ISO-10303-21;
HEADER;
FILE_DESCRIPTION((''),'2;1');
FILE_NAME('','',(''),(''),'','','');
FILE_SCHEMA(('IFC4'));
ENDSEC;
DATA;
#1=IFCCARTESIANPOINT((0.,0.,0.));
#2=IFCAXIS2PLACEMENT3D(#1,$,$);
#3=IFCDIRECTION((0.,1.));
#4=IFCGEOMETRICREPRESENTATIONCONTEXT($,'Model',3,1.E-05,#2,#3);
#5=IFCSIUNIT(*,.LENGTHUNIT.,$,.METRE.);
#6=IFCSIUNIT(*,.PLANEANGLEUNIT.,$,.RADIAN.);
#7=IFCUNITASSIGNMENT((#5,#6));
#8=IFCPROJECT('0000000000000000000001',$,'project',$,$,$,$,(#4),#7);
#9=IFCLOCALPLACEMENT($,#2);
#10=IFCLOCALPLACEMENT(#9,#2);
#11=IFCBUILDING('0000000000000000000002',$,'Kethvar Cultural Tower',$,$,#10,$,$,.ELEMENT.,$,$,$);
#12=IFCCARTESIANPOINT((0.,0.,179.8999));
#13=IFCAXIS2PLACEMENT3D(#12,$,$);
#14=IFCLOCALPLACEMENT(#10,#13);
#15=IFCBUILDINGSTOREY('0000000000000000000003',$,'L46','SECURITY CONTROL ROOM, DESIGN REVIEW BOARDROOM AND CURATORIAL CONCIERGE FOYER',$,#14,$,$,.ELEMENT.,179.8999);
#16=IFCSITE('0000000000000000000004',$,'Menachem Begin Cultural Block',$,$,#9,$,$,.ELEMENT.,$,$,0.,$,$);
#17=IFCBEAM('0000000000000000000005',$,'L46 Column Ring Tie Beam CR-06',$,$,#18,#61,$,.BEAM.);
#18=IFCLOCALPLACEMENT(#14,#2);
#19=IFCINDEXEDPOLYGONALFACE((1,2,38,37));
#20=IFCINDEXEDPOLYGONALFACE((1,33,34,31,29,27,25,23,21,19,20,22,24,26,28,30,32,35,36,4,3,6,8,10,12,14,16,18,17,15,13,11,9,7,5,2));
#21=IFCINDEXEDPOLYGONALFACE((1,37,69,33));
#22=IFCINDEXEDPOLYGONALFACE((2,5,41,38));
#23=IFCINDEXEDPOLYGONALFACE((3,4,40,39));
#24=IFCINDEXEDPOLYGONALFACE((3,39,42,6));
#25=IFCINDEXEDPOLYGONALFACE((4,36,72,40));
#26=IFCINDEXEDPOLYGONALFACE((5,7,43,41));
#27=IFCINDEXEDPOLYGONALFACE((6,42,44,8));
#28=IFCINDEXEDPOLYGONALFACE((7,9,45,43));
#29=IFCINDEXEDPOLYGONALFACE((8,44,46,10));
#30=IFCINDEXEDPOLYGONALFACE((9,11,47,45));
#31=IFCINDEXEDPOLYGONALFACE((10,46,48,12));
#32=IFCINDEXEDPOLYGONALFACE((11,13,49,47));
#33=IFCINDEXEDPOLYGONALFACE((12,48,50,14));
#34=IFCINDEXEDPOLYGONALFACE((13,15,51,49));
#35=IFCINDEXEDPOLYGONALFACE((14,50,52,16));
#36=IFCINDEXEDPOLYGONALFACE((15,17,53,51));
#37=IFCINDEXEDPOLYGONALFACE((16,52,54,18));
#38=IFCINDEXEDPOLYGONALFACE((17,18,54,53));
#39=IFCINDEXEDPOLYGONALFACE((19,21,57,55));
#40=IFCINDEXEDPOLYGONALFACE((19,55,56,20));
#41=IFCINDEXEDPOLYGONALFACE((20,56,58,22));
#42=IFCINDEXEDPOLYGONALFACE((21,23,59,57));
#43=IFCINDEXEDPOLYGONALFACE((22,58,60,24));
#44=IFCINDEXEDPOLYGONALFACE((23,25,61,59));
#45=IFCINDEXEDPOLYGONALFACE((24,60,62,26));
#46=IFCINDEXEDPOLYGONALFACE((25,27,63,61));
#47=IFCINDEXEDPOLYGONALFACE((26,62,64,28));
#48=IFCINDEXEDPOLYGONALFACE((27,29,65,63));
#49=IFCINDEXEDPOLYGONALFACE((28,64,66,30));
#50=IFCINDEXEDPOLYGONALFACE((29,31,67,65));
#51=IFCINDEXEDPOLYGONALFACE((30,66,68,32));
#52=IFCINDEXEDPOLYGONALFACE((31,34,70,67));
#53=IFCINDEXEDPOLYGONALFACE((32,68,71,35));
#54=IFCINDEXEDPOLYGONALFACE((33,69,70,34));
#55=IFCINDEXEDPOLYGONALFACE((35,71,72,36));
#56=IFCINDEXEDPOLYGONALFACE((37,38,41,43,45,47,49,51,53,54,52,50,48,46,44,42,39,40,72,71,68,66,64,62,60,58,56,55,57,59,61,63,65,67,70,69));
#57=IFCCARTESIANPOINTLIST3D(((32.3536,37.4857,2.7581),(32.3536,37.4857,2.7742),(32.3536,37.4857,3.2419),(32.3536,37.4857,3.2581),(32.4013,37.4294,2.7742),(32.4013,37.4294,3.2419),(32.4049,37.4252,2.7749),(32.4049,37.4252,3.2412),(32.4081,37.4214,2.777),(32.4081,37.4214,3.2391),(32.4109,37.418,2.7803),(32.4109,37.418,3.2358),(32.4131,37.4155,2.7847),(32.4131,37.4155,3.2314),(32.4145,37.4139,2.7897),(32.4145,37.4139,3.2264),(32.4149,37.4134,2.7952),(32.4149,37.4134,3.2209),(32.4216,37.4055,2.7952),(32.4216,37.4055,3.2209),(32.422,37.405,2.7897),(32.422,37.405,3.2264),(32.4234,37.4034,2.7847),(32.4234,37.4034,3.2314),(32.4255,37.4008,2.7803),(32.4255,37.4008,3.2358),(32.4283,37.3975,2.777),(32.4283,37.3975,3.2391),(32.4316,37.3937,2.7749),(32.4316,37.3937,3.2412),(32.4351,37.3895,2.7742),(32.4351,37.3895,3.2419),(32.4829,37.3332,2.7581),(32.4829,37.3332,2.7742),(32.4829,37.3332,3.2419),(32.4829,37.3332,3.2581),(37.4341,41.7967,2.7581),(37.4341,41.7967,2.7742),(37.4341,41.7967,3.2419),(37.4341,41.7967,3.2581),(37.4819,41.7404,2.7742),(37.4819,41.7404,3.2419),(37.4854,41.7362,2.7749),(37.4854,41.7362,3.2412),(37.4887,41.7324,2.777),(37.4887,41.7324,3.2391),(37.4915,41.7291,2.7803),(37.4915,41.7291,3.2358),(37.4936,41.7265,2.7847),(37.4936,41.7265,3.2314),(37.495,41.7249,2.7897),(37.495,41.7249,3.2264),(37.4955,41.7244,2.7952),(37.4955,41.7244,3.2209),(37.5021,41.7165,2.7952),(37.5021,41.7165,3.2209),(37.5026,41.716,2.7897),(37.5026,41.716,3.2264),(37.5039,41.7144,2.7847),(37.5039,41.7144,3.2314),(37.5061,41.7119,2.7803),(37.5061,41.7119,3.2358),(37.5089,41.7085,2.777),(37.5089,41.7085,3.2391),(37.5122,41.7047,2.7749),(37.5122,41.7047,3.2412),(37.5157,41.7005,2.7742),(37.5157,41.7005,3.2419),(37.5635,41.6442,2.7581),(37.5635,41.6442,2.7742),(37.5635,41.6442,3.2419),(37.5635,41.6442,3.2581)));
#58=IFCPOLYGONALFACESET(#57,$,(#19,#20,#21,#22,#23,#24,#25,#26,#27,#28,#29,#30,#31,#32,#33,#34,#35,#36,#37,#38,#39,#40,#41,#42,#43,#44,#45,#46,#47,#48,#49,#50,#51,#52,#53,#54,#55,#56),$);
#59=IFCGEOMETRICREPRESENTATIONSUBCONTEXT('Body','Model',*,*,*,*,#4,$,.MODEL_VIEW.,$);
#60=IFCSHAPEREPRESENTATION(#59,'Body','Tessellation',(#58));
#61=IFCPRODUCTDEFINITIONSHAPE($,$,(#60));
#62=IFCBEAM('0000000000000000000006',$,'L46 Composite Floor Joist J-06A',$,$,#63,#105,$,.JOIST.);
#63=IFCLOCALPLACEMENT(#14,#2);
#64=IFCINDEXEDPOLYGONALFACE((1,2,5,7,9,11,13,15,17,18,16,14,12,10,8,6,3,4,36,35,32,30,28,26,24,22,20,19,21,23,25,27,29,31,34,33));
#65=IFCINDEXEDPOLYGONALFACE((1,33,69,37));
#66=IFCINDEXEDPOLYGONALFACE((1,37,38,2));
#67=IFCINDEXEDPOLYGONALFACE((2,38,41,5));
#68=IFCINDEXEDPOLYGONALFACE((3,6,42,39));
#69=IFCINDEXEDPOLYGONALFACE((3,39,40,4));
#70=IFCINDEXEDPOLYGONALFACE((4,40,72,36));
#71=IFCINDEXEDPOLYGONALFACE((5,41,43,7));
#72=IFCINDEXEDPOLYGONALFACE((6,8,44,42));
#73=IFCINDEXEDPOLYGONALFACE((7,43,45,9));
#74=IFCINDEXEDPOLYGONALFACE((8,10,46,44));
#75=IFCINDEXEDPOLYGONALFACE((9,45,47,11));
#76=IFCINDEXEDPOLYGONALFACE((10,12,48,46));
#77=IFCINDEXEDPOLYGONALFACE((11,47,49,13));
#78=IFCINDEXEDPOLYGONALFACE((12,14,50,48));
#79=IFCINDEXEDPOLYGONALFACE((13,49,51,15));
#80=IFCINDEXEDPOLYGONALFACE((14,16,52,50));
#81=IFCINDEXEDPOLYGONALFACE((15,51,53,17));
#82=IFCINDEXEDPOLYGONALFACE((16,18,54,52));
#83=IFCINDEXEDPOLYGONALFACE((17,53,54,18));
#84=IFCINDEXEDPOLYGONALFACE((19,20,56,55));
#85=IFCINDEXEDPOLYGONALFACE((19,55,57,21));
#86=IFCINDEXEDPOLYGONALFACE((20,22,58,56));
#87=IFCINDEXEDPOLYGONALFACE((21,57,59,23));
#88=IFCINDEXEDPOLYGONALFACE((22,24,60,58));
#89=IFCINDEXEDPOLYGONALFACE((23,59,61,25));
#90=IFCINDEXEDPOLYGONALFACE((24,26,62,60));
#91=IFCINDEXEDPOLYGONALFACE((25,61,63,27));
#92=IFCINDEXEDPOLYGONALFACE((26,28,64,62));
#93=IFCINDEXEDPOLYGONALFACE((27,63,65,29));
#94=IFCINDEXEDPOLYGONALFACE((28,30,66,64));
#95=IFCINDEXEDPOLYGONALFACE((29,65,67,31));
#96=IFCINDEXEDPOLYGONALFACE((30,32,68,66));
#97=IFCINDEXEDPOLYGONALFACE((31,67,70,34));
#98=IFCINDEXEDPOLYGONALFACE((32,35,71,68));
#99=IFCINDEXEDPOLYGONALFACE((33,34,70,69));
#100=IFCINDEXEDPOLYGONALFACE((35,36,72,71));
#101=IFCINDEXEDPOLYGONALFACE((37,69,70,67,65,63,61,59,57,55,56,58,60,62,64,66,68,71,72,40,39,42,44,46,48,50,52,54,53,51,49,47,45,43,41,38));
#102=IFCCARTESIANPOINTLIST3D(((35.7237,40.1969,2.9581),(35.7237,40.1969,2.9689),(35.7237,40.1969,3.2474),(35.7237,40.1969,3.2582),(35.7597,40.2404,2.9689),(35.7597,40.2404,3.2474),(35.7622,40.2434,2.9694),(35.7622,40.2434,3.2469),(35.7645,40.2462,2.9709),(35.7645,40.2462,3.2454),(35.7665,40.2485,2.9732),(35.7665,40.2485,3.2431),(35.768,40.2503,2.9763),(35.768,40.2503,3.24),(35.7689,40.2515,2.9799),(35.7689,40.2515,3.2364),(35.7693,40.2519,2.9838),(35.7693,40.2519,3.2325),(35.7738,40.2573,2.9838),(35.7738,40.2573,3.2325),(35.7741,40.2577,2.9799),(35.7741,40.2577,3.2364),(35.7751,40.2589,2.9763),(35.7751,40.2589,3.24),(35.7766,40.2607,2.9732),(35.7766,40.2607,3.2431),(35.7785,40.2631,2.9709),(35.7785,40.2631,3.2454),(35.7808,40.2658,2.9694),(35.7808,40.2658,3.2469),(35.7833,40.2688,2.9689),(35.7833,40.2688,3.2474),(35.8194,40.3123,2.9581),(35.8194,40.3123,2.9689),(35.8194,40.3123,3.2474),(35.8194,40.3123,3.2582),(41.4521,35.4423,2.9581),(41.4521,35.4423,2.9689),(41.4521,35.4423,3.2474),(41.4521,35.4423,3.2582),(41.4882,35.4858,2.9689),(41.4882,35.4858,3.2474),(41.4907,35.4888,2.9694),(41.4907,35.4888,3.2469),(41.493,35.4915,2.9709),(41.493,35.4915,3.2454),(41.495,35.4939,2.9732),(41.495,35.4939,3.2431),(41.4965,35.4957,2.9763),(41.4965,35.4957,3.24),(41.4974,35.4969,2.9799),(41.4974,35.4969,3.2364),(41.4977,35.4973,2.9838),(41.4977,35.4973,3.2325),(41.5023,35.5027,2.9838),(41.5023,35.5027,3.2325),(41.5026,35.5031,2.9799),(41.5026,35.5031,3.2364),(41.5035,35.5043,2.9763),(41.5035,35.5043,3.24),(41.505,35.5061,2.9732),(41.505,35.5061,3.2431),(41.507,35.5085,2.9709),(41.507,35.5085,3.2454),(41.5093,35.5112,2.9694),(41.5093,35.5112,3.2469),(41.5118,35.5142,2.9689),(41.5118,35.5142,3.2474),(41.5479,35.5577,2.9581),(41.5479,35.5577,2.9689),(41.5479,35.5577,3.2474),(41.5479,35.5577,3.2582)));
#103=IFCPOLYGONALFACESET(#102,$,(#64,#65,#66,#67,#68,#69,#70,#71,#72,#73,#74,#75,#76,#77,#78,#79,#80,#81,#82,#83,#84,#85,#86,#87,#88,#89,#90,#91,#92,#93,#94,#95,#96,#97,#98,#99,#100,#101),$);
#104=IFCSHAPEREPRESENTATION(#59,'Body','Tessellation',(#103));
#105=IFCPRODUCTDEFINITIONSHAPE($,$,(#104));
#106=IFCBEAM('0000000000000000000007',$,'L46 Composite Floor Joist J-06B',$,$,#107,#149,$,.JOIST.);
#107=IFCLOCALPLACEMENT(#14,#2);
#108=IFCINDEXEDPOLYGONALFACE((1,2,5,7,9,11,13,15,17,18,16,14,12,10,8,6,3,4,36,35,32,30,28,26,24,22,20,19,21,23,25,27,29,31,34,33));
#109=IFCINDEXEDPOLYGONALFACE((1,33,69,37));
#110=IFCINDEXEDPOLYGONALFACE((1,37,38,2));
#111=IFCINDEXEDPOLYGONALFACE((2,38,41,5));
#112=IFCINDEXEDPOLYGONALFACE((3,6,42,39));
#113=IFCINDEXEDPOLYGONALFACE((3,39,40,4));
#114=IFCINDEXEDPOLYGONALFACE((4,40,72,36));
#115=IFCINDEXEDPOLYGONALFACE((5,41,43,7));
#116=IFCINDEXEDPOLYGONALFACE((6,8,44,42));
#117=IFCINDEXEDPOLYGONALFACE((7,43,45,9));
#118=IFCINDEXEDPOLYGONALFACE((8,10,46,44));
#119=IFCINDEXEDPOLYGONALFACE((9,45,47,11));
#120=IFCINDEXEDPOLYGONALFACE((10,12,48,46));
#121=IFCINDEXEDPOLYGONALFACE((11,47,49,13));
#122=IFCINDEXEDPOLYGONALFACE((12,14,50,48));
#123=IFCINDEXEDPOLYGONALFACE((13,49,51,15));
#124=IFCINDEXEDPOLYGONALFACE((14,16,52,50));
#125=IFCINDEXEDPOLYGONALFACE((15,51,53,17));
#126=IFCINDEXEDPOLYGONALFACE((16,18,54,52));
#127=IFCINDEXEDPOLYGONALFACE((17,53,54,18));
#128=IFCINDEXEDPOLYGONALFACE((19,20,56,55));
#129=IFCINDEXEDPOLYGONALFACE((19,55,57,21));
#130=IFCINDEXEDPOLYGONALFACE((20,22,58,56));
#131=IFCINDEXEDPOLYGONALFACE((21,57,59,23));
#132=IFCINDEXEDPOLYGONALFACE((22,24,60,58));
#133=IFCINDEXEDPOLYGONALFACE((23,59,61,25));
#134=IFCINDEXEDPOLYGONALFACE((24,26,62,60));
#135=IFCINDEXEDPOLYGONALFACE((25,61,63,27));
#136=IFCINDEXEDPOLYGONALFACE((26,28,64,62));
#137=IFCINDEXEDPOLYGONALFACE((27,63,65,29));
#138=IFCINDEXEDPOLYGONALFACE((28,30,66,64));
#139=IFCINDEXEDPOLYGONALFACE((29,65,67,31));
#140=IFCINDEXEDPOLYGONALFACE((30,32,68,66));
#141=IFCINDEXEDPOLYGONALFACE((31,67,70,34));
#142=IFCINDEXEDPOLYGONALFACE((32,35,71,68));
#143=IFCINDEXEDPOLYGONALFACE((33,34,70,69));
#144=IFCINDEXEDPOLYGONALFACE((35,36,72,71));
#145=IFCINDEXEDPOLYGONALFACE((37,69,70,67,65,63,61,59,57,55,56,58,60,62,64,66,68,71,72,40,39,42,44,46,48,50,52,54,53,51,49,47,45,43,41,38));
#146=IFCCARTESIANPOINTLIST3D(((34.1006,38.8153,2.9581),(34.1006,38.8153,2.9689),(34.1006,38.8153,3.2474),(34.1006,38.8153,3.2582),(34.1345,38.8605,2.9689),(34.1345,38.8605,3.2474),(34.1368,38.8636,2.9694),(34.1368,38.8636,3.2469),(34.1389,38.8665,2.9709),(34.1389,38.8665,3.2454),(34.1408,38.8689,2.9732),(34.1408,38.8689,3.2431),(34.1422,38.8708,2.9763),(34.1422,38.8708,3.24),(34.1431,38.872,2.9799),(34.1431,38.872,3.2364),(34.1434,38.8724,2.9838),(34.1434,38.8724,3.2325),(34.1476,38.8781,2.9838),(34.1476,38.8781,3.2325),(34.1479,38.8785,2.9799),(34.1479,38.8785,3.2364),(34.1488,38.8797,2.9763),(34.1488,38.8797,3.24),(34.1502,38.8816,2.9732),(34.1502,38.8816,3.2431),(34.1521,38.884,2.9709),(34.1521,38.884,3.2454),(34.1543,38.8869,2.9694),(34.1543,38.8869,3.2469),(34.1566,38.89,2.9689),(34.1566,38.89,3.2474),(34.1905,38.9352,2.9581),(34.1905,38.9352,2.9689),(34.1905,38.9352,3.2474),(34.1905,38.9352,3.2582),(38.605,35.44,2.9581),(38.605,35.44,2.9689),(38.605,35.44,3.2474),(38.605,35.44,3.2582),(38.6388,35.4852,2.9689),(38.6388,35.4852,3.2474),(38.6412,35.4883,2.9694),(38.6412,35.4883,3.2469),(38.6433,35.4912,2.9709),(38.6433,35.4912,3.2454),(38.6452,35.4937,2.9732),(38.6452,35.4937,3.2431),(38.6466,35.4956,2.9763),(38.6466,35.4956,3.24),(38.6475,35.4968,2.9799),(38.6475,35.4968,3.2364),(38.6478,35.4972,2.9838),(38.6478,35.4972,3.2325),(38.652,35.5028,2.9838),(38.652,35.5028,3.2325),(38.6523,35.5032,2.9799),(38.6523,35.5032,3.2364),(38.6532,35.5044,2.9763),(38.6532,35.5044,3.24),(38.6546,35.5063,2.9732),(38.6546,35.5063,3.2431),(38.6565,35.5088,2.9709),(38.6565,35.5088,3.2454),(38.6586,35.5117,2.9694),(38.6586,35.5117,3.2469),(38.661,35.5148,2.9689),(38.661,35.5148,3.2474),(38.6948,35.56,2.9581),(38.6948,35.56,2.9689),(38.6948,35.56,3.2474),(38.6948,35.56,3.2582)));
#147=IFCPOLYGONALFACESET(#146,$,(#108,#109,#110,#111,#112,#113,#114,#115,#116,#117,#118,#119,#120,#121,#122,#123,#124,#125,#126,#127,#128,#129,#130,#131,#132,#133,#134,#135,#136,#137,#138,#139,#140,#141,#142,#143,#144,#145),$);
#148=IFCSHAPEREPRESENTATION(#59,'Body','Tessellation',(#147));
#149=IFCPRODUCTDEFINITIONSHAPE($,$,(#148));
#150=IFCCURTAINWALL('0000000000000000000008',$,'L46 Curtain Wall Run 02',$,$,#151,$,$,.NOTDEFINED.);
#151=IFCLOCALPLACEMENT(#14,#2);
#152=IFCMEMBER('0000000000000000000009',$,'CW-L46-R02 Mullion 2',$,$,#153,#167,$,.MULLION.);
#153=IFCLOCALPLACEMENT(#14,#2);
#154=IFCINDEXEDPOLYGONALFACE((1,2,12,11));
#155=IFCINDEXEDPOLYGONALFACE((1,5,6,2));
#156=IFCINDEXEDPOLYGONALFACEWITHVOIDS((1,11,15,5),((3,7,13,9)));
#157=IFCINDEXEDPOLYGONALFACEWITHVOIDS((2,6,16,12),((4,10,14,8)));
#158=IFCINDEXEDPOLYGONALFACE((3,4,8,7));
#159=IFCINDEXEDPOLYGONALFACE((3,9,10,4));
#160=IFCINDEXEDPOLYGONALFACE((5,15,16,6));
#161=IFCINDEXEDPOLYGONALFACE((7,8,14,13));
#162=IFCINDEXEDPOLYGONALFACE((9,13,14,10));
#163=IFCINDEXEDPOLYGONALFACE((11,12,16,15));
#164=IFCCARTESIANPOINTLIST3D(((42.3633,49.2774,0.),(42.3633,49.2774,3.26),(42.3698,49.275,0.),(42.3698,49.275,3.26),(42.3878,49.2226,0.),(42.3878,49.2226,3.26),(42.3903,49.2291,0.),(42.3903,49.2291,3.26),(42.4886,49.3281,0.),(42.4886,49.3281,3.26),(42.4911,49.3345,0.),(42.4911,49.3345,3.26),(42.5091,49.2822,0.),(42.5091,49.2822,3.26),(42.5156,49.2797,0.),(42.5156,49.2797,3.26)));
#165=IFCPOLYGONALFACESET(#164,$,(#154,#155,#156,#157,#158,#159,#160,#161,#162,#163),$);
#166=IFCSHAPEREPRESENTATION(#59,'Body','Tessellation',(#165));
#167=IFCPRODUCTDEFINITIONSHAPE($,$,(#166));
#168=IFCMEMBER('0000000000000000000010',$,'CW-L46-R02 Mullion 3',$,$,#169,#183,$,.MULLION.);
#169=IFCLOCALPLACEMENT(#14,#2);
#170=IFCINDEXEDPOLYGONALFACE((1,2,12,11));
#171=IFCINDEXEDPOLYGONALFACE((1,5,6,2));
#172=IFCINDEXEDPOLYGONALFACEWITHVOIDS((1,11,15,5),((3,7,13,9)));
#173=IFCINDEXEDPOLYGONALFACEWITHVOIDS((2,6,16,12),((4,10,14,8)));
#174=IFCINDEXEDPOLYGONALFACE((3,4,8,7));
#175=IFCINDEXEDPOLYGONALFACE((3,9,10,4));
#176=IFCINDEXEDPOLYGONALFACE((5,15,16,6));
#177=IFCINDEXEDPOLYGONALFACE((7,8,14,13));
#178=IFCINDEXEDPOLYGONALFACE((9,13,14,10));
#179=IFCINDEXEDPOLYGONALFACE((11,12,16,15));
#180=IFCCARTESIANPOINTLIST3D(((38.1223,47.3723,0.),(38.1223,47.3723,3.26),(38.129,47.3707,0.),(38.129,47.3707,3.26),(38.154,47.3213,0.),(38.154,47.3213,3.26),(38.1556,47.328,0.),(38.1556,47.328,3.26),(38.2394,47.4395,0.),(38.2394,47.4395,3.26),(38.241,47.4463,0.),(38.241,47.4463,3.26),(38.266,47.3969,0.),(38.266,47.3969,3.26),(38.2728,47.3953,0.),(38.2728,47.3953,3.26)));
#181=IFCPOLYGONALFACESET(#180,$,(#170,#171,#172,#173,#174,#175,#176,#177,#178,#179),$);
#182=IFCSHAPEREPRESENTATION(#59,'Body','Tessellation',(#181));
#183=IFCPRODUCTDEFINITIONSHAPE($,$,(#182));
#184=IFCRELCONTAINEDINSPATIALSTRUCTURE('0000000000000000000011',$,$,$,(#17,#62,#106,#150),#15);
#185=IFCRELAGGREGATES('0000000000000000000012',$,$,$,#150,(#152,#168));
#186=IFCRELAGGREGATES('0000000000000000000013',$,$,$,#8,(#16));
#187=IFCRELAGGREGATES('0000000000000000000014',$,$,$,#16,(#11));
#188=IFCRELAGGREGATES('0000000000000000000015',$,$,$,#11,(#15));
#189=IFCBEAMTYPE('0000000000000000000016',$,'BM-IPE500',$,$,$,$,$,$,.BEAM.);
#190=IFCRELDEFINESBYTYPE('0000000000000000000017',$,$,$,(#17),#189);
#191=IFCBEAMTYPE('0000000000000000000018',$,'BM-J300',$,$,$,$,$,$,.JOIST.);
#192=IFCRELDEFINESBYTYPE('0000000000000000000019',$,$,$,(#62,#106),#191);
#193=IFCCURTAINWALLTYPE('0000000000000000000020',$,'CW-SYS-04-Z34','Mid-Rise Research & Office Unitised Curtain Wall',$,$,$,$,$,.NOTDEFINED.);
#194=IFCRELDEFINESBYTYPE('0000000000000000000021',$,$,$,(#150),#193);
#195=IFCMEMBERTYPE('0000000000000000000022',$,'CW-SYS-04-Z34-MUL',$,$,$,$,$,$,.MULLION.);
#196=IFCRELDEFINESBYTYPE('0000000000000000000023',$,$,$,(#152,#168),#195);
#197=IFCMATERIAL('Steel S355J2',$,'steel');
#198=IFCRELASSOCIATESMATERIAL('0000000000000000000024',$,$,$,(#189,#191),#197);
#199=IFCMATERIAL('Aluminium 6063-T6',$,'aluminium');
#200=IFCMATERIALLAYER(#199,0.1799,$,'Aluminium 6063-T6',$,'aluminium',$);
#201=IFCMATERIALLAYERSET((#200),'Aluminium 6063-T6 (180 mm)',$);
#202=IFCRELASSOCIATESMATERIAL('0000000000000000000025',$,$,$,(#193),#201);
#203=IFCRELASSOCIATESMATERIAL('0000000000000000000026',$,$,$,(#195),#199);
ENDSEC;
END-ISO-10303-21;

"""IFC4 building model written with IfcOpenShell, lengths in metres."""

from ifc_helpers import new_model, si_unit, direction, frame, origin, origin_2d, place, context, subcontext, project, spatial, hollow_rectangle, i_section, extrude, source, transform, mapped, material, layer, layer_set, material_profile, profile_set, type_object, element, aggregate, save


model = new_model("IFC4")

# Units and contexts
model_context = context("Model", 3, precision=1e-05, world=origin(), true_north=direction((0.0, 1.0)))
body_context = subcontext(model_context, "Body", "Model", "MODEL_VIEW")
ifc_project = project(units=[si_unit("LENGTHUNIT", "METRE"), si_unit("PLANEANGLEUNIT", "RADIAN")], contexts=[model_context])

# Site, building, storey
site_placement = place(None, origin())
site = spatial("IfcSite", under=ifc_project, at=site_placement, Name="Menachem Begin Cultural Block", CompositionType="ELEMENT", RefElevation=0.0)
building_placement = place(site_placement, origin())
building = spatial("IfcBuilding", under=site, at=building_placement, Name="Kethvar Cultural Tower", CompositionType="ELEMENT")
storey_placement = place(building_placement, frame((0.0, 0.0, 179.8999)))
storey = spatial("IfcBuildingStorey", under=building, at=storey_placement, Name="L46", Description="SECURITY CONTROL ROOM, DESIGN REVIEW BOARDROOM AND CURATORIAL CONCIERGE FOYER", CompositionType="ELEMENT", Elevation=179.8999)

# Beams
ifc_material_1 = material(Name="Steel S355J2", Category="steel")
ifc_material_profile_1 = material_profile(ifc_material_1, i_section(OverallWidth=0.2, OverallDepth=0.5, WebThickness=0.0103, FlangeThickness=0.0161, FilletRadius=0.021, at=origin_2d()), Name="Steel S355J2 — IPE500")
ifc_profile_set_1 = profile_set([ifc_material_profile_1], Name="Steel S355J2 — IPE500")
beam_type_1 = type_object("IfcBeamType", Name="BM-IPE500", PredefinedType="BEAM", material=ifc_profile_set_1)
ifc_material_profile_2 = material_profile(ifc_material_1, i_section(OverallWidth=0.1499, OverallDepth=0.3, WebThickness=0.0071, FlangeThickness=0.0107, FilletRadius=0.0149, at=origin_2d()), Name="Steel S355J2 — IPE300")
ifc_profile_set_2 = profile_set([ifc_material_profile_2], Name="Steel S355J2 — IPE300")
beam_type_2 = type_object("IfcBeamType", Name="BM-J300", PredefinedType="JOIST", material=ifc_profile_set_2)
shared_shape_1 = source(origin(), body_context, "Body", "SweptSolid", [
    extrude(i_section(OverallWidth=0.2, OverallDepth=0.5, WebThickness=0.0103, FlangeThickness=0.0161, FilletRadius=0.021, at=origin_2d()), origin(), (0.0, 0.0, 1.0), 6.6631),
])
beam_1_placement = place(storey_placement, frame((37.4988, 41.7205, 3.0081), z_axis=(-0.762491, -0.646999, 0.0), x_axis=(0.646999, -0.762491, 0.0)))
element("IfcBeam", 1, at=beam_1_placement, inside=storey, type_object=beam_type_1, Name="L46 Column Ring Tie Beam CR-06", PredefinedType="BEAM", context=body_context, shape_type="MappedRepresentation", body=[
    mapped(shared_shape_1, transform((0.0, 0.0, 0.0), scale=1.0)),
])
shared_shape_2 = source(origin(), body_context, "Body", "SweptSolid", [
    extrude(i_section(OverallWidth=0.1499, OverallDepth=0.3, WebThickness=0.0071, FlangeThickness=0.0107, FilletRadius=0.0149, at=origin_2d()), origin(), (0.0, 0.0, 1.0), 7.4446),
])
beam_2_placement = place(storey_placement, frame((41.5, 35.5, 3.1082), z_axis=(-0.769483, 0.638667, 0.0), x_axis=(-0.638667, -0.769483, 0.0)))
element("IfcBeam", 2, at=beam_2_placement, inside=storey, type_object=beam_type_2, Name="L46 Composite Floor Joist J-06A", PredefinedType="JOIST", context=body_context, shape_type="MappedRepresentation", body=[
    mapped(shared_shape_2, transform((0.0, 0.0, 0.0), scale=1.0)),
])
shared_shape_3 = source(origin(), body_context, "Body", "SweptSolid", [
    extrude(i_section(OverallWidth=0.1499, OverallDepth=0.3, WebThickness=0.0071, FlangeThickness=0.0107, FilletRadius=0.0149, at=origin_2d()), origin(), (0.0, 0.0, 1.0), 5.6287),
])
beam_3_placement = place(storey_placement, frame((38.6499, 35.5, 3.1082), z_axis=(-0.80026, 0.599653, 0.0), x_axis=(-0.599653, -0.80026, 0.0)))
element("IfcBeam", 3, at=beam_3_placement, inside=storey, type_object=beam_type_2, Name="L46 Composite Floor Joist J-06B", PredefinedType="JOIST", context=body_context, shape_type="MappedRepresentation", body=[
    mapped(shared_shape_3, transform((0.0, 0.0, 0.0), scale=1.0)),
])

# Curtain wall, members
ifc_material_2 = material(Name="Aluminium 6063-T6", Category="aluminium")
ifc_layer_1 = layer(ifc_material_2, 0.1799, Name="Aluminium 6063-T6", Category="aluminium")
ifc_layer_set_1 = layer_set([ifc_layer_1], Name="Aluminium 6063-T6 (180 mm)")
curtain_wall_type = type_object("IfcCurtainWallType", Name="CW-SYS-04-Z34", Description="Mid-Rise Research & Office Unitised Curtain Wall", PredefinedType="NOTDEFINED", material=ifc_layer_set_1)
curtain_wall_placement = place(storey_placement, origin())
curtain_wall = element("IfcCurtainWall", 4, at=curtain_wall_placement, inside=storey, type_object=curtain_wall_type, Name="L46 Curtain Wall Run 02", PredefinedType="NOTDEFINED")
ifc_material_profile_3 = material_profile(ifc_material_2, hollow_rectangle(XDim=0.0601, YDim=0.1399, WallThickness=0.0049, at=origin_2d()), Name="Aluminium 6063-T6 — RHS140x60x5")
ifc_profile_set_3 = profile_set([ifc_material_profile_3], Name="Aluminium 6063-T6 — RHS140x60x5")
member_type_1 = type_object("IfcMemberType", Name="CW-SYS-04-Z34-MUL", PredefinedType="MULLION", material=ifc_profile_set_3)
shared_shape_4 = source(origin(), body_context, "Body", "SweptSolid", [
    extrude(hollow_rectangle(XDim=0.0601, YDim=0.1399, WallThickness=0.0049, at=origin_2d()), origin(), (0.0, 0.0, 1.0), 3.26),
])
member_1_placement = place(storey_placement, frame((42.4395, 49.2786, 0.0), z_axis=(0.0, 0.0, 1.0), x_axis=(0.40806, -0.912955, 0.0)))
member_1 = element("IfcMember", 5, at=member_1_placement, type_object=member_type_1, Name="CW-L46-R02 Mullion 2", PredefinedType="MULLION", context=body_context, shape_type="MappedRepresentation", body=[
    mapped(shared_shape_4, transform((0.0, 0.0, 0.0), scale=1.0)),
])
member_2_placement = place(storey_placement, frame((38.1975, 47.3838, 0.0), z_axis=(0.0, 0.0, 1.0), x_axis=(0.528927, -0.848667, 0.0)))
member_2 = element("IfcMember", 6, at=member_2_placement, type_object=member_type_1, Name="CW-L46-R02 Mullion 3", PredefinedType="MULLION", context=body_context, shape_type="MappedRepresentation", body=[
    mapped(shared_shape_4, transform((0.0, 0.0, 0.0), scale=1.0)),
])
aggregate(curtain_wall, [member_1, member_2])

save(model, "model.ifc")
